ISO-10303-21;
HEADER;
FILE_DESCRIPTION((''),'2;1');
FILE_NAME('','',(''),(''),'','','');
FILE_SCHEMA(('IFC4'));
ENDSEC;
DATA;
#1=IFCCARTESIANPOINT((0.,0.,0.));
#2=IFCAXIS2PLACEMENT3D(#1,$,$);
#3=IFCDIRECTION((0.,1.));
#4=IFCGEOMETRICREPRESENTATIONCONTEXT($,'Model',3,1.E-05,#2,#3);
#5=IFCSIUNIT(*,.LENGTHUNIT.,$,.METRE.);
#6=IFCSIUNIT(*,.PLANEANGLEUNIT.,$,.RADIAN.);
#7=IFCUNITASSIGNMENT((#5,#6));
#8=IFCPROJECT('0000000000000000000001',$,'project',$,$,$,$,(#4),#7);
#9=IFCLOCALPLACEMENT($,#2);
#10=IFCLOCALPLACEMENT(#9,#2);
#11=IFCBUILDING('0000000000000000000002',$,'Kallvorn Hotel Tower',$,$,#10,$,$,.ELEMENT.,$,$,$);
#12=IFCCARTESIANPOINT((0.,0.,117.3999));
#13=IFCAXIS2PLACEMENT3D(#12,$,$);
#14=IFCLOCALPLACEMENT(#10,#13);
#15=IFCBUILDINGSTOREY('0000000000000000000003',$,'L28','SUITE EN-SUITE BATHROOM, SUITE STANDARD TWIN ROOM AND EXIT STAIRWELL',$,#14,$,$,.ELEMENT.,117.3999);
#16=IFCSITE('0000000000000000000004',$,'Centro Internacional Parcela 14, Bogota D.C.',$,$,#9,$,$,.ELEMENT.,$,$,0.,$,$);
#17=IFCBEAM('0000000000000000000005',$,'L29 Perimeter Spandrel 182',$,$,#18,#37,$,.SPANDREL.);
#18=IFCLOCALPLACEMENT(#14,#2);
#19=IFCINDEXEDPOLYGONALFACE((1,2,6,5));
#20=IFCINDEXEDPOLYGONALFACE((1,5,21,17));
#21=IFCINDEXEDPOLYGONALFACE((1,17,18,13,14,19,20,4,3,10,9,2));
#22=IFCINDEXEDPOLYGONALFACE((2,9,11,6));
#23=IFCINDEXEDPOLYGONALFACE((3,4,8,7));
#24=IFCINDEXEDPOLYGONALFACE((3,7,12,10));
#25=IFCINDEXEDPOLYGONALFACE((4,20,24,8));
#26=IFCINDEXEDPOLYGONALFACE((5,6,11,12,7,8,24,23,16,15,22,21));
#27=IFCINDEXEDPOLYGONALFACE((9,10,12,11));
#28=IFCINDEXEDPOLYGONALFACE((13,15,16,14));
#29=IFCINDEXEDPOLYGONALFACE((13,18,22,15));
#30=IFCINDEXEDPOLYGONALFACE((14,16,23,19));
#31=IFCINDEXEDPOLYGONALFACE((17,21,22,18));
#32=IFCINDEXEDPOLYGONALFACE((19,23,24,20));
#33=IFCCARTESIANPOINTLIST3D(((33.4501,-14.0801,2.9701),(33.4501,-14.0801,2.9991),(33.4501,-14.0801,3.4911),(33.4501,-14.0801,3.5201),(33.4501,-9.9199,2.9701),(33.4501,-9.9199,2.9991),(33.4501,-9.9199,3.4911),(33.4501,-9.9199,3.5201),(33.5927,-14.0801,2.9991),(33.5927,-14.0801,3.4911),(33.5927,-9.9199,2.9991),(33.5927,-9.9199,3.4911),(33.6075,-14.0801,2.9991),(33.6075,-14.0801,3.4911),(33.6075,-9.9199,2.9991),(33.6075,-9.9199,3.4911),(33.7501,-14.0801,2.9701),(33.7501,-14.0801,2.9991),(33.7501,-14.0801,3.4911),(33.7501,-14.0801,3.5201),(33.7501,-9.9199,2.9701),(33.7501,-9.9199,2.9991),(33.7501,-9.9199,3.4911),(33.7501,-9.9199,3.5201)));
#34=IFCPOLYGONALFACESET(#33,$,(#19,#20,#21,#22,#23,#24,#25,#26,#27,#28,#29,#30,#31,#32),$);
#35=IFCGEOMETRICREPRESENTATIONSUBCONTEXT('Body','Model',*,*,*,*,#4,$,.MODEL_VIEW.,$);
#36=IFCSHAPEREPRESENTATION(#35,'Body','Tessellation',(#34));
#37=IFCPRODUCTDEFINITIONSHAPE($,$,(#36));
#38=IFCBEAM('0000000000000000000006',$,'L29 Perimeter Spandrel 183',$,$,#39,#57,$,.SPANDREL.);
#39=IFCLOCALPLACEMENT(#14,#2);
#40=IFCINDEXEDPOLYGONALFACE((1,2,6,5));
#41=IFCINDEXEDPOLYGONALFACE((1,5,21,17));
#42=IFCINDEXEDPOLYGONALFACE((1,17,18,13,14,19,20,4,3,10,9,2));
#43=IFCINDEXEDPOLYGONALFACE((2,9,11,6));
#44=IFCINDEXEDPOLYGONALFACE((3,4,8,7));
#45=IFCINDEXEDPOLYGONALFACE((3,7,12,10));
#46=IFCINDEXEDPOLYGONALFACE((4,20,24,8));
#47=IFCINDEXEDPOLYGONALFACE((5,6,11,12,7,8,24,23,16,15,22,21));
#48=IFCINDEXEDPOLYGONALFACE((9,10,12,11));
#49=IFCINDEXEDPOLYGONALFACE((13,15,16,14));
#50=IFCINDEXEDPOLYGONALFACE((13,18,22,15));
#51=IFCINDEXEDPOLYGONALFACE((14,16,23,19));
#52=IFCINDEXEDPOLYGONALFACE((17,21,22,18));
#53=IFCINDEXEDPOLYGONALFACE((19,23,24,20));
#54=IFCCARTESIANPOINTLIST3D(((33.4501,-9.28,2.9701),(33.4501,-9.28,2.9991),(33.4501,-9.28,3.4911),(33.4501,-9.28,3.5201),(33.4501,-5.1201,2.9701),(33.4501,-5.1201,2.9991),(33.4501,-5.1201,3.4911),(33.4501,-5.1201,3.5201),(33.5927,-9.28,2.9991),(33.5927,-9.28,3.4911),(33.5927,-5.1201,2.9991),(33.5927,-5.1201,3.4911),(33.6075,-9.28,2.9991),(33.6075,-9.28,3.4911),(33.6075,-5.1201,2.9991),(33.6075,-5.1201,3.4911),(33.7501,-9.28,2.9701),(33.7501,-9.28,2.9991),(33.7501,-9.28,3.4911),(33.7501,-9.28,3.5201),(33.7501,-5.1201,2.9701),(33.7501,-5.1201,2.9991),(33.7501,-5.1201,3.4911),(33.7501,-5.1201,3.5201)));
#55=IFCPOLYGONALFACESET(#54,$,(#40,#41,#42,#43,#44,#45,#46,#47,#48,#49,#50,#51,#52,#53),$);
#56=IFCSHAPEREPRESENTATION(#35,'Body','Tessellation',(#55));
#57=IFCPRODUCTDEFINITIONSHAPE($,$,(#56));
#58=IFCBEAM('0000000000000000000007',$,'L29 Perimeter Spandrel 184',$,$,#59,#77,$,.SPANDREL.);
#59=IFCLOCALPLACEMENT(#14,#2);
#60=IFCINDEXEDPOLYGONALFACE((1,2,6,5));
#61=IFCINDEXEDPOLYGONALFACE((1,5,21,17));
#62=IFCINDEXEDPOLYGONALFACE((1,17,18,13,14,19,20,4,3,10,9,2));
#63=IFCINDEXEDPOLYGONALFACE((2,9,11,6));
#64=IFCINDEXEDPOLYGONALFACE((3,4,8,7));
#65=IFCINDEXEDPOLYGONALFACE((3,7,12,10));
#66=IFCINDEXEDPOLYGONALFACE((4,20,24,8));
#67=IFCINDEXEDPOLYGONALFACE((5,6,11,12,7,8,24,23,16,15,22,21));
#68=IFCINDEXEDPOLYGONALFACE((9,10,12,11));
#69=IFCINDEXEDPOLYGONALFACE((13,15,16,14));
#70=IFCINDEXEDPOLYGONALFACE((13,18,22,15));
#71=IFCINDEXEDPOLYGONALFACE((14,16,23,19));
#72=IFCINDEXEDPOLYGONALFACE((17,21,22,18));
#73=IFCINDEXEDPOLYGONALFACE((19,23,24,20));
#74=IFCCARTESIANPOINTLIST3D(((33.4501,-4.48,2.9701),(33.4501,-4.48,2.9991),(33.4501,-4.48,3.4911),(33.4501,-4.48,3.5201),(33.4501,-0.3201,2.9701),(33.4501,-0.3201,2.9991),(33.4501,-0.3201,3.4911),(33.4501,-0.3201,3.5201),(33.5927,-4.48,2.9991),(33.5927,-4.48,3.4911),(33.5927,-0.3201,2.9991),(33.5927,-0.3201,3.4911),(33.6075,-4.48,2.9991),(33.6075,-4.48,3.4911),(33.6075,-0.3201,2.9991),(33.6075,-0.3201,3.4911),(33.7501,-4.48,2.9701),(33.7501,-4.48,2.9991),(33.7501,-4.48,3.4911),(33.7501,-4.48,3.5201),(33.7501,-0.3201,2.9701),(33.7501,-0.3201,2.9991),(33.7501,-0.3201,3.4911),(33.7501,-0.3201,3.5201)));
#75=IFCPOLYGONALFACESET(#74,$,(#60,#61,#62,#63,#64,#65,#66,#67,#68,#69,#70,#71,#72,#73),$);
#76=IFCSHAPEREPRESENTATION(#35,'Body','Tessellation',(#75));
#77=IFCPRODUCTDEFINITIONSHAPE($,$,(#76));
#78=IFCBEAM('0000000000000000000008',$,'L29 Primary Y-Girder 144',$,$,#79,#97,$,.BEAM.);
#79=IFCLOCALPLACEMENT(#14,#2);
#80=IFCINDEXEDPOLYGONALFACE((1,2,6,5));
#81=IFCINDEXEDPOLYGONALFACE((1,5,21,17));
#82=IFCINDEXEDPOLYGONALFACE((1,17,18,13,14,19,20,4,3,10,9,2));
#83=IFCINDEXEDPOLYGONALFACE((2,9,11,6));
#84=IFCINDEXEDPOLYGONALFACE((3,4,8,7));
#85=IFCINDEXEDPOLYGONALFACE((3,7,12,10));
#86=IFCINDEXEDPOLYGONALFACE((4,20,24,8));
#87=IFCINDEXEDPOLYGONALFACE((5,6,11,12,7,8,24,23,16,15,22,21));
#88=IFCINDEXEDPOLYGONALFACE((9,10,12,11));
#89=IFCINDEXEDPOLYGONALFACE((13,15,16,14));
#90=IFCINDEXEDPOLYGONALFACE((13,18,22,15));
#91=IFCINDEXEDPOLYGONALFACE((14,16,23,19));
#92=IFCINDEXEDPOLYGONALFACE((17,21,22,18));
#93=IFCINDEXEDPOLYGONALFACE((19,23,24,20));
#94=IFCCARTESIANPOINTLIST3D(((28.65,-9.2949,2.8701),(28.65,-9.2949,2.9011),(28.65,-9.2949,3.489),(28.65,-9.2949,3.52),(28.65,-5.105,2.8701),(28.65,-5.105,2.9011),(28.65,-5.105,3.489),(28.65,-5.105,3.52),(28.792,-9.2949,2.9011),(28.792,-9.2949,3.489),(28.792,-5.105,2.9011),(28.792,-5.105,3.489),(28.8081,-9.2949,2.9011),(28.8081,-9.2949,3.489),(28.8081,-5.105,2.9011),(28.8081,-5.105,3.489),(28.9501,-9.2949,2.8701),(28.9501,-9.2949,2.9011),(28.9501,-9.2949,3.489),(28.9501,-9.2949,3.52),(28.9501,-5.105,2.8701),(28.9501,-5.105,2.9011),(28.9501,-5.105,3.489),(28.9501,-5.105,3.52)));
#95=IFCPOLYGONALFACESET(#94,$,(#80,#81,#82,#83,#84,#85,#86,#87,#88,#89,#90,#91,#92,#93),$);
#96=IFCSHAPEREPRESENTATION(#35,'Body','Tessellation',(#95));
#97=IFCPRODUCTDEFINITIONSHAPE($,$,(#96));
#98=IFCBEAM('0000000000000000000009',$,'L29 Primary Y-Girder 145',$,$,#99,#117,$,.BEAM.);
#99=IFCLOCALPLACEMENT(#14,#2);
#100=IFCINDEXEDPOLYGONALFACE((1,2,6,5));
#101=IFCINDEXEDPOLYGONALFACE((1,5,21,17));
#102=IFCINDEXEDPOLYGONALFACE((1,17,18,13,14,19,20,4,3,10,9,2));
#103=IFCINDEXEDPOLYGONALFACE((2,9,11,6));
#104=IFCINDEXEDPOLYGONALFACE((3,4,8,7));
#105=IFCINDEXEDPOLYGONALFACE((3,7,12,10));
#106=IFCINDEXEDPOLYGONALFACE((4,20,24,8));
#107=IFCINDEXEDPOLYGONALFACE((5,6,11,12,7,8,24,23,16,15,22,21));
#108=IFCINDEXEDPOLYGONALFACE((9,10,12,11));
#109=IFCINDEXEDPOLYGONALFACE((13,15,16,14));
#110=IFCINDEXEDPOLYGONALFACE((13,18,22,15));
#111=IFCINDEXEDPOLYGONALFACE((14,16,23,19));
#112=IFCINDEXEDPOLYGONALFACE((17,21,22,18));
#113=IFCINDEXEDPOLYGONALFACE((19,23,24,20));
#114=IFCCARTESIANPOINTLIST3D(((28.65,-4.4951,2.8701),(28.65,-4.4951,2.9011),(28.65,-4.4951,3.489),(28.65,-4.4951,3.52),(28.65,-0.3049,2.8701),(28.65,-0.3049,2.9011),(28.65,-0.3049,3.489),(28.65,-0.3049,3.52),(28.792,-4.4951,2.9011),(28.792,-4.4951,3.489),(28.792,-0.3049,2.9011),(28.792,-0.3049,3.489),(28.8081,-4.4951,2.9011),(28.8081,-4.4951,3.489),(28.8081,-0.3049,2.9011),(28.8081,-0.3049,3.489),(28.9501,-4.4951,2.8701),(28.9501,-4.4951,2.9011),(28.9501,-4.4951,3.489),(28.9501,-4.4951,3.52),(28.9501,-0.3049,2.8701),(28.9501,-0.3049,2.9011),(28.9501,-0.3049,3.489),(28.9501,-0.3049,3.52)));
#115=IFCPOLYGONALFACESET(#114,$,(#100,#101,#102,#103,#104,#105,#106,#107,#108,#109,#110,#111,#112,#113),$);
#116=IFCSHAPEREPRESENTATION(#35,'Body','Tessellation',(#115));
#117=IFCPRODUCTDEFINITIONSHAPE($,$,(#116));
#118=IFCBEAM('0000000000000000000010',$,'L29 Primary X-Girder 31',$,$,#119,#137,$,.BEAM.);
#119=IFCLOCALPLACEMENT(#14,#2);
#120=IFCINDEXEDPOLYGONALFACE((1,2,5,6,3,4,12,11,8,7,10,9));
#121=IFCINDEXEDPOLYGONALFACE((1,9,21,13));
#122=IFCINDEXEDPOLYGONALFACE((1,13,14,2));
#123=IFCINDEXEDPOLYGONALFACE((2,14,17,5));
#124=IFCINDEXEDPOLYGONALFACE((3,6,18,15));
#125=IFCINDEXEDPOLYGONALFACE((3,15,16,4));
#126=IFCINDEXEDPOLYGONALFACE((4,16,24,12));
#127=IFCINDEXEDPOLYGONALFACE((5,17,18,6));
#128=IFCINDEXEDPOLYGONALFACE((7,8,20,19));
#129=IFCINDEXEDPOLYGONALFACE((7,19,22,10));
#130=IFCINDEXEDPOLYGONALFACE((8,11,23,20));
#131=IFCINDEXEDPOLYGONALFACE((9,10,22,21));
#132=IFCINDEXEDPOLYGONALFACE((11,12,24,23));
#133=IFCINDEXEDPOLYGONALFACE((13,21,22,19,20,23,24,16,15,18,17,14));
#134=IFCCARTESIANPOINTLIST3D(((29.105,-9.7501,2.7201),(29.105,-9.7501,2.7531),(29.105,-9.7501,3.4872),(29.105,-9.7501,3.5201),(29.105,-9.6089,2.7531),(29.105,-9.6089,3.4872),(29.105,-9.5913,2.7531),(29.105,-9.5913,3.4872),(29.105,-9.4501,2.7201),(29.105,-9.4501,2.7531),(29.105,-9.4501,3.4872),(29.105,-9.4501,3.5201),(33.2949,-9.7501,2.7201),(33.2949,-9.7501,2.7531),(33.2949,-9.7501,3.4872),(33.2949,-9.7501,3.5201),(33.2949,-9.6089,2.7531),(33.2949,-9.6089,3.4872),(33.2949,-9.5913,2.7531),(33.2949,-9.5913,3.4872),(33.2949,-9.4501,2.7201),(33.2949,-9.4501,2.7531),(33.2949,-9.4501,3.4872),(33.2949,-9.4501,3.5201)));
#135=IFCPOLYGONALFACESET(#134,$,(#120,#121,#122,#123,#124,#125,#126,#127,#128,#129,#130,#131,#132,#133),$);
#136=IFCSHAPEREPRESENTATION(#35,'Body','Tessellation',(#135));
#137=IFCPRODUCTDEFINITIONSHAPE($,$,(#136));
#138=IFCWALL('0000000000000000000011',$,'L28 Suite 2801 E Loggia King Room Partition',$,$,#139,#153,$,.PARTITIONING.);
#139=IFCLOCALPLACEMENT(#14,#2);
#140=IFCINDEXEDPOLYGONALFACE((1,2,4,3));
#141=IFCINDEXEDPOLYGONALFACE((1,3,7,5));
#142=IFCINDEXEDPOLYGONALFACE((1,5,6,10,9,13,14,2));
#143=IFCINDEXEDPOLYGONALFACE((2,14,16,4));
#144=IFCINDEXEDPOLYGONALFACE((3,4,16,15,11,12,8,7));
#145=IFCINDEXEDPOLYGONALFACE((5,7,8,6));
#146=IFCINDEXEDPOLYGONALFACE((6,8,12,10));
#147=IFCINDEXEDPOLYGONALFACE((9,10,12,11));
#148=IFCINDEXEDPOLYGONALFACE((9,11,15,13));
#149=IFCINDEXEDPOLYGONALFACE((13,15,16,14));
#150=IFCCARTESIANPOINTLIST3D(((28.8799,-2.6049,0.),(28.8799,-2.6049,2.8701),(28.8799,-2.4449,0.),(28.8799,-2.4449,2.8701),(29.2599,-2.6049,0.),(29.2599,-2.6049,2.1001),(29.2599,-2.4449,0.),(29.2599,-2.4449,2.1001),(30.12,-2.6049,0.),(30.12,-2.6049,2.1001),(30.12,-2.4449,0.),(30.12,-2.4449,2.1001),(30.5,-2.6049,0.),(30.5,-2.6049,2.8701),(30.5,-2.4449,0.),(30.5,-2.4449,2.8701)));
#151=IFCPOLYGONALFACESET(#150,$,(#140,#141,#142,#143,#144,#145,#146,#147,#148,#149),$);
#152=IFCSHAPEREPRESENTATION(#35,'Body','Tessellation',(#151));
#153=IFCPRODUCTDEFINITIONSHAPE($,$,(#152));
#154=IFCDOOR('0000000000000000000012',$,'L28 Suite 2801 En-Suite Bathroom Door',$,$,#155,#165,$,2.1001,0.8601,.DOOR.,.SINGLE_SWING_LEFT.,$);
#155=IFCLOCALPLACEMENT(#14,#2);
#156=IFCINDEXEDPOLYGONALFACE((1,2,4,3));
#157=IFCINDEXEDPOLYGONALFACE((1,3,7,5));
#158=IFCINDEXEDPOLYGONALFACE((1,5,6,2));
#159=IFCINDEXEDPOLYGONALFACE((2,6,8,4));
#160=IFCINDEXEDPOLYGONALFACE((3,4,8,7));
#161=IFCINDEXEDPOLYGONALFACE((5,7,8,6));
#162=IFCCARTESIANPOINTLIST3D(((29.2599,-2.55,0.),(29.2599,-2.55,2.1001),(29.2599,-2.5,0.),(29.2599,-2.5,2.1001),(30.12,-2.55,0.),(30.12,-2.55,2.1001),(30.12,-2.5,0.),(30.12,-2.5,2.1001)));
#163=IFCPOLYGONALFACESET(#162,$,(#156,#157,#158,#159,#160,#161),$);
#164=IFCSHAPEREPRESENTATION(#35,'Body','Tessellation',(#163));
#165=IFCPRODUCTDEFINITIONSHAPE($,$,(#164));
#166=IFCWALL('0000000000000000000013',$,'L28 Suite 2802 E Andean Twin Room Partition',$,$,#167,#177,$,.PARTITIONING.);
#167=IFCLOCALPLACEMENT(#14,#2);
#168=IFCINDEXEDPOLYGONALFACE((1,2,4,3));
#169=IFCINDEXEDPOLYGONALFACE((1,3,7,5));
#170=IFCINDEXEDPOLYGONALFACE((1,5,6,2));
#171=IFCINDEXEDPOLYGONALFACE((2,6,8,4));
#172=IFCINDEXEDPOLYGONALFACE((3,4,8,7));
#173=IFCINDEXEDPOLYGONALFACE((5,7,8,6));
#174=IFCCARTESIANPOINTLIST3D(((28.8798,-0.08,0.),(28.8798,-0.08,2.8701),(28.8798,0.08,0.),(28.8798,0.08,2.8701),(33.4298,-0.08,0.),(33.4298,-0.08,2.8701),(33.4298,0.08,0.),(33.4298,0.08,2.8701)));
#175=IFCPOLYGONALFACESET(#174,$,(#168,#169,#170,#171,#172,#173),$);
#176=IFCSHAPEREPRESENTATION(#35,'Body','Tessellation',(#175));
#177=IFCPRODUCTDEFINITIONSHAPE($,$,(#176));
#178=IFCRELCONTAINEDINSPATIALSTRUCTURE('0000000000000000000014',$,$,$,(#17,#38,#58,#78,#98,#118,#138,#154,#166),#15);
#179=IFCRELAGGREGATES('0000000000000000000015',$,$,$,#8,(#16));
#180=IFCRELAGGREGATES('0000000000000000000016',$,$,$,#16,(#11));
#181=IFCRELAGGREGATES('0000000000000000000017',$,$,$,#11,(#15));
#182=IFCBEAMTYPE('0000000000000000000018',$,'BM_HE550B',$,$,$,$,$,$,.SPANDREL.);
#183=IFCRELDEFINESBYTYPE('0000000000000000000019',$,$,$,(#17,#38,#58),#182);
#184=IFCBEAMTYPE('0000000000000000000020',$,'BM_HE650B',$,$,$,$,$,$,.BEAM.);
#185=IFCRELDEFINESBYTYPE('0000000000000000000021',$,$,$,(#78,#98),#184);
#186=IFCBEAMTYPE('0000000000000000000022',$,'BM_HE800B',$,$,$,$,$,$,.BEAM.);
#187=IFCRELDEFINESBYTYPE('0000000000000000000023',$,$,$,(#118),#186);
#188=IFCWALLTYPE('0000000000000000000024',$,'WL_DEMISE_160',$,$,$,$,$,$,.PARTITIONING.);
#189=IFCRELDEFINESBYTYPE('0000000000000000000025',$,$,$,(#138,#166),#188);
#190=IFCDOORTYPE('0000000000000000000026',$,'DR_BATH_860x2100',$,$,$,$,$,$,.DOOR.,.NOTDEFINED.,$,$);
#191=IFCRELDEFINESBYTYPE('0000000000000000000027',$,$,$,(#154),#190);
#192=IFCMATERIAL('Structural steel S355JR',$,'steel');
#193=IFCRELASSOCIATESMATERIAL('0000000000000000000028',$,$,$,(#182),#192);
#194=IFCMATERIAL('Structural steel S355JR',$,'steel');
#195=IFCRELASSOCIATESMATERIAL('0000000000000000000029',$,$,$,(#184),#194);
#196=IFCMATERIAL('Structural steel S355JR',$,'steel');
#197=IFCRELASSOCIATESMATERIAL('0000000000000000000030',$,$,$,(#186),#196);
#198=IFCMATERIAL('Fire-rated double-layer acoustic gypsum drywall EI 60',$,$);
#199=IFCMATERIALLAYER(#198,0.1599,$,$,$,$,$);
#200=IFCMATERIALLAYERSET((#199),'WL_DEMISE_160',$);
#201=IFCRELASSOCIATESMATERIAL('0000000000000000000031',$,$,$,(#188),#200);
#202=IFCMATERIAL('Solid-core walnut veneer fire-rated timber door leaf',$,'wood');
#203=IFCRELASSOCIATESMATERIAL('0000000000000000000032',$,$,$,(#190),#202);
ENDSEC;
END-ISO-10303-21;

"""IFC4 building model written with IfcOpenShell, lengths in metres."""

from ifc_helpers import new_model, si_unit, direction, frame, frame_2d, origin, origin_2d, place, context, subcontext, project, spatial, rectangle, i_section, extrude, material, layer, layer_set, material_profile, profile_set, type_object, element, fill, save


model = new_model("IFC4")

# Units and contexts
model_context = context("Model", 3, precision=1e-05, world=origin(), true_north=direction((0.0, 1.0)))
body_context = subcontext(model_context, "Body", "Model", "MODEL_VIEW")
ifc_project = project(units=[si_unit("LENGTHUNIT", "METRE"), si_unit("PLANEANGLEUNIT", "RADIAN")], contexts=[model_context])

# Site, building, storey
site_placement = place(None, origin())
site = spatial("IfcSite", under=ifc_project, at=site_placement, Name="Centro Internacional Parcela 14, Bogota D.C.", CompositionType="ELEMENT", RefElevation=0.0)
building_placement = place(site_placement, origin())
building = spatial("IfcBuilding", under=site, at=building_placement, Name="Kallvorn Hotel Tower", CompositionType="ELEMENT")
storey_placement = place(building_placement, frame((0.0, 0.0, 117.3999)))
storey = spatial("IfcBuildingStorey", under=building, at=storey_placement, Name="L28", Description="SUITE EN-SUITE BATHROOM, SUITE STANDARD TWIN ROOM AND EXIT STAIRWELL", CompositionType="ELEMENT", Elevation=117.3999)

# Beams
ifc_material_1 = material(Name="Structural steel S355JR", Category="steel")
ifc_material_profile_1 = material_profile(ifc_material_1, i_section(OverallWidth=0.3, OverallDepth=0.55, WebThickness=0.0149, FlangeThickness=0.0291, at=origin_2d()), Name="HE 550 B")
ifc_profile_set_1 = profile_set([ifc_material_profile_1], Name="Structural steel S355JR")
beam_type_1 = type_object("IfcBeamType", Name="BM_HE550B", PredefinedType="SPANDREL", material=ifc_profile_set_1)
beam_1_placement = place(storey_placement, frame((33.6001, -14.0801, 3.2451), z_axis=(0.0, 1.0, 0.0), x_axis=(-1.0, 0.0, 0.0)))
element("IfcBeam", 1, at=beam_1_placement, inside=storey, type_object=beam_type_1, Name="L29 Perimeter Spandrel 182", PredefinedType="SPANDREL", context=body_context, shape_type="SweptSolid", body=[
    extrude(i_section(OverallWidth=0.3, OverallDepth=0.55, WebThickness=0.0149, FlangeThickness=0.0291, at=origin_2d()), origin(), (0.0, 0.0, 1.0), 4.1602),
])
for number, where, z_axis, x_axis, name in (
    (2, (33.6001, -9.28, 3.2451), (0.0, 1.0, 0.0), (-1.0, 0.0, 0.0), "L29 Perimeter Spandrel 183"),
    (3, (33.6001, -4.48, 3.2451), (0.0, 1.0, 0.0), (-1.0, 0.0, 0.0), "L29 Perimeter Spandrel 184"),
):
    element("IfcBeam", number, at=place(storey_placement, frame(where, z_axis=z_axis, x_axis=x_axis)), inside=storey, type_object=beam_type_1, Name=name, PredefinedType="SPANDREL", context=body_context, shape_type="SweptSolid", body=[
        extrude(i_section(OverallWidth=0.3, OverallDepth=0.55, WebThickness=0.0149, FlangeThickness=0.0291, at=origin_2d()), origin(), (0.0, 0.0, 1.0), 4.1599),
    ])
ifc_material_2 = material(Name="Structural steel S355JR", Category="steel")
ifc_material_profile_2 = material_profile(ifc_material_2, i_section(OverallWidth=0.3, OverallDepth=0.6499, WebThickness=0.0161, FlangeThickness=0.031, at=origin_2d()), Name="HE 650 B")
ifc_profile_set_2 = profile_set([ifc_material_profile_2], Name="Structural steel S355JR")
beam_type_2 = type_object("IfcBeamType", Name="BM_HE650B", PredefinedType="BEAM", material=ifc_profile_set_2)
beam_2_placement = place(storey_placement, frame((28.8, -9.2949, 3.1951), z_axis=(0.0, 1.0, 0.0), x_axis=(-1.0, 0.0, 0.0)))
element("IfcBeam", 4, at=beam_2_placement, inside=storey, type_object=beam_type_2, Name="L29 Primary Y-Girder 144", PredefinedType="BEAM", context=body_context, shape_type="SweptSolid", body=[
    extrude(i_section(OverallWidth=0.3, OverallDepth=0.6499, WebThickness=0.0161, FlangeThickness=0.031, at=origin_2d()), origin(), (0.0, 0.0, 1.0), 4.1899),
])
beam_3_placement = place(storey_placement, frame((28.8, -4.4951, 3.1951), z_axis=(0.0, 1.0, 0.0), x_axis=(-1.0, 0.0, 0.0)))
element("IfcBeam", 5, at=beam_3_placement, inside=storey, type_object=beam_type_2, Name="L29 Primary Y-Girder 145", PredefinedType="BEAM", context=body_context, shape_type="SweptSolid", body=[
    extrude(i_section(OverallWidth=0.3, OverallDepth=0.6499, WebThickness=0.0161, FlangeThickness=0.031, at=origin_2d()), origin(), (0.0, 0.0, 1.0), 4.1902),
])
ifc_material_3 = material(Name="Structural steel S355JR", Category="steel")
ifc_material_profile_3 = material_profile(ifc_material_3, i_section(OverallWidth=0.3, OverallDepth=0.8, WebThickness=0.0176, FlangeThickness=0.033, at=origin_2d()), Name="HE 800 B")
ifc_profile_set_3 = profile_set([ifc_material_profile_3], Name="Structural steel S355JR")
beam_type_3 = type_object("IfcBeamType", Name="BM_HE800B", PredefinedType="BEAM", material=ifc_profile_set_3)
beam_4_placement = place(storey_placement, frame((29.105, -9.6001, 3.1201), z_axis=(1.0, 0.0, 0.0), x_axis=(0.0, 1.0, 0.0)))
element("IfcBeam", 6, at=beam_4_placement, inside=storey, type_object=beam_type_3, Name="L29 Primary X-Girder 31", PredefinedType="BEAM", context=body_context, shape_type="SweptSolid", body=[
    extrude(i_section(OverallWidth=0.3, OverallDepth=0.8, WebThickness=0.0176, FlangeThickness=0.033, at=origin_2d()), origin(), (0.0, 0.0, 1.0), 4.1899),
])

# Wall, opening, door
ifc_material_4 = material(Name="Fire-rated double-layer acoustic gypsum drywall EI 60")
ifc_layer = layer(ifc_material_4, 0.1599)
ifc_layer_set = layer_set([ifc_layer], Name="WL_DEMISE_160")
wall_type = type_object("IfcWallType", Name="WL_DEMISE_160", PredefinedType="PARTITIONING", material=ifc_layer_set)
wall_1_placement = place(storey_placement, frame((28.8799, -2.5249, 0.0), z_axis=(0.0, 0.0, 1.0), x_axis=(1.0, 0.0, 0.0)))
wall_1 = element("IfcWall", 7, at=wall_1_placement, inside=storey, type_object=wall_type, Name="L28 Suite 2801 E Loggia King Room Partition", PredefinedType="PARTITIONING", context=body_context, shape_type="SweptSolid", body=[
    extrude(rectangle(XDim=1.6201, YDim=0.1599, at=frame_2d((0.8101, 0.0))), origin(), (0.0, 0.0, 1.0), 2.8701),
])
opening_1_placement = place(wall_1_placement, frame((0.3799, 0.0, 0.0)))
opening_1 = element("IfcOpeningElement", 8, at=opening_1_placement, cuts=wall_1, PredefinedType="OPENING", context=body_context, shape_type="SweptSolid", body=[
    extrude(rectangle(XDim=0.8601, YDim=2.1001, at=frame_2d((0.4302, 1.05))), frame((0.0, 0.095, 0.0), z_axis=(0.0, -1.0, 0.0), x_axis=(1.0, 0.0, 0.0)), (0.0, 0.0, 1.0), 0.1899),
])
ifc_material_5 = material(Name="Solid-core walnut veneer fire-rated timber door leaf", Category="wood")
door_type_1 = type_object("IfcDoorType", Name="DR_BATH_860x2100", OperationType="NOTDEFINED", PredefinedType="DOOR", material=ifc_material_5)
door_1_placement = place(opening_1_placement, origin())
door_1 = element("IfcDoor", 9, at=door_1_placement, inside=storey, type_object=door_type_1, Name="L28 Suite 2801 En-Suite Bathroom Door", OperationType="SINGLE_SWING_LEFT", OverallHeight=2.1001, OverallWidth=0.8601, PredefinedType="DOOR", context=body_context, shape_type="SweptSolid", body=[
    extrude(rectangle(XDim=0.8601, YDim=2.1001, at=frame_2d((0.4302, 1.05))), frame((0.0, 0.0249, 0.0), z_axis=(0.0, -1.0, 0.0), x_axis=(1.0, 0.0, 0.0)), (0.0, 0.0, 1.0), 0.05),
])
fill(opening_1, door_1)

# Wall
wall_2_placement = place(storey_placement, frame((28.8799, 0.0, 0.0), z_axis=(0.0, 0.0, 1.0), x_axis=(1.0, 0.0, 0.0)))
element("IfcWall", 10, at=wall_2_placement, inside=storey, type_object=wall_type, Name="L28 Suite 2802 E Andean Twin Room Partition", PredefinedType="PARTITIONING", context=body_context, shape_type="SweptSolid", body=[
    extrude(rectangle(XDim=4.55, YDim=0.1599, at=frame_2d((2.2749, 0.0))), origin(), (0.0, 0.0, 1.0), 2.8701),
])

save(model, "model.ifc")
